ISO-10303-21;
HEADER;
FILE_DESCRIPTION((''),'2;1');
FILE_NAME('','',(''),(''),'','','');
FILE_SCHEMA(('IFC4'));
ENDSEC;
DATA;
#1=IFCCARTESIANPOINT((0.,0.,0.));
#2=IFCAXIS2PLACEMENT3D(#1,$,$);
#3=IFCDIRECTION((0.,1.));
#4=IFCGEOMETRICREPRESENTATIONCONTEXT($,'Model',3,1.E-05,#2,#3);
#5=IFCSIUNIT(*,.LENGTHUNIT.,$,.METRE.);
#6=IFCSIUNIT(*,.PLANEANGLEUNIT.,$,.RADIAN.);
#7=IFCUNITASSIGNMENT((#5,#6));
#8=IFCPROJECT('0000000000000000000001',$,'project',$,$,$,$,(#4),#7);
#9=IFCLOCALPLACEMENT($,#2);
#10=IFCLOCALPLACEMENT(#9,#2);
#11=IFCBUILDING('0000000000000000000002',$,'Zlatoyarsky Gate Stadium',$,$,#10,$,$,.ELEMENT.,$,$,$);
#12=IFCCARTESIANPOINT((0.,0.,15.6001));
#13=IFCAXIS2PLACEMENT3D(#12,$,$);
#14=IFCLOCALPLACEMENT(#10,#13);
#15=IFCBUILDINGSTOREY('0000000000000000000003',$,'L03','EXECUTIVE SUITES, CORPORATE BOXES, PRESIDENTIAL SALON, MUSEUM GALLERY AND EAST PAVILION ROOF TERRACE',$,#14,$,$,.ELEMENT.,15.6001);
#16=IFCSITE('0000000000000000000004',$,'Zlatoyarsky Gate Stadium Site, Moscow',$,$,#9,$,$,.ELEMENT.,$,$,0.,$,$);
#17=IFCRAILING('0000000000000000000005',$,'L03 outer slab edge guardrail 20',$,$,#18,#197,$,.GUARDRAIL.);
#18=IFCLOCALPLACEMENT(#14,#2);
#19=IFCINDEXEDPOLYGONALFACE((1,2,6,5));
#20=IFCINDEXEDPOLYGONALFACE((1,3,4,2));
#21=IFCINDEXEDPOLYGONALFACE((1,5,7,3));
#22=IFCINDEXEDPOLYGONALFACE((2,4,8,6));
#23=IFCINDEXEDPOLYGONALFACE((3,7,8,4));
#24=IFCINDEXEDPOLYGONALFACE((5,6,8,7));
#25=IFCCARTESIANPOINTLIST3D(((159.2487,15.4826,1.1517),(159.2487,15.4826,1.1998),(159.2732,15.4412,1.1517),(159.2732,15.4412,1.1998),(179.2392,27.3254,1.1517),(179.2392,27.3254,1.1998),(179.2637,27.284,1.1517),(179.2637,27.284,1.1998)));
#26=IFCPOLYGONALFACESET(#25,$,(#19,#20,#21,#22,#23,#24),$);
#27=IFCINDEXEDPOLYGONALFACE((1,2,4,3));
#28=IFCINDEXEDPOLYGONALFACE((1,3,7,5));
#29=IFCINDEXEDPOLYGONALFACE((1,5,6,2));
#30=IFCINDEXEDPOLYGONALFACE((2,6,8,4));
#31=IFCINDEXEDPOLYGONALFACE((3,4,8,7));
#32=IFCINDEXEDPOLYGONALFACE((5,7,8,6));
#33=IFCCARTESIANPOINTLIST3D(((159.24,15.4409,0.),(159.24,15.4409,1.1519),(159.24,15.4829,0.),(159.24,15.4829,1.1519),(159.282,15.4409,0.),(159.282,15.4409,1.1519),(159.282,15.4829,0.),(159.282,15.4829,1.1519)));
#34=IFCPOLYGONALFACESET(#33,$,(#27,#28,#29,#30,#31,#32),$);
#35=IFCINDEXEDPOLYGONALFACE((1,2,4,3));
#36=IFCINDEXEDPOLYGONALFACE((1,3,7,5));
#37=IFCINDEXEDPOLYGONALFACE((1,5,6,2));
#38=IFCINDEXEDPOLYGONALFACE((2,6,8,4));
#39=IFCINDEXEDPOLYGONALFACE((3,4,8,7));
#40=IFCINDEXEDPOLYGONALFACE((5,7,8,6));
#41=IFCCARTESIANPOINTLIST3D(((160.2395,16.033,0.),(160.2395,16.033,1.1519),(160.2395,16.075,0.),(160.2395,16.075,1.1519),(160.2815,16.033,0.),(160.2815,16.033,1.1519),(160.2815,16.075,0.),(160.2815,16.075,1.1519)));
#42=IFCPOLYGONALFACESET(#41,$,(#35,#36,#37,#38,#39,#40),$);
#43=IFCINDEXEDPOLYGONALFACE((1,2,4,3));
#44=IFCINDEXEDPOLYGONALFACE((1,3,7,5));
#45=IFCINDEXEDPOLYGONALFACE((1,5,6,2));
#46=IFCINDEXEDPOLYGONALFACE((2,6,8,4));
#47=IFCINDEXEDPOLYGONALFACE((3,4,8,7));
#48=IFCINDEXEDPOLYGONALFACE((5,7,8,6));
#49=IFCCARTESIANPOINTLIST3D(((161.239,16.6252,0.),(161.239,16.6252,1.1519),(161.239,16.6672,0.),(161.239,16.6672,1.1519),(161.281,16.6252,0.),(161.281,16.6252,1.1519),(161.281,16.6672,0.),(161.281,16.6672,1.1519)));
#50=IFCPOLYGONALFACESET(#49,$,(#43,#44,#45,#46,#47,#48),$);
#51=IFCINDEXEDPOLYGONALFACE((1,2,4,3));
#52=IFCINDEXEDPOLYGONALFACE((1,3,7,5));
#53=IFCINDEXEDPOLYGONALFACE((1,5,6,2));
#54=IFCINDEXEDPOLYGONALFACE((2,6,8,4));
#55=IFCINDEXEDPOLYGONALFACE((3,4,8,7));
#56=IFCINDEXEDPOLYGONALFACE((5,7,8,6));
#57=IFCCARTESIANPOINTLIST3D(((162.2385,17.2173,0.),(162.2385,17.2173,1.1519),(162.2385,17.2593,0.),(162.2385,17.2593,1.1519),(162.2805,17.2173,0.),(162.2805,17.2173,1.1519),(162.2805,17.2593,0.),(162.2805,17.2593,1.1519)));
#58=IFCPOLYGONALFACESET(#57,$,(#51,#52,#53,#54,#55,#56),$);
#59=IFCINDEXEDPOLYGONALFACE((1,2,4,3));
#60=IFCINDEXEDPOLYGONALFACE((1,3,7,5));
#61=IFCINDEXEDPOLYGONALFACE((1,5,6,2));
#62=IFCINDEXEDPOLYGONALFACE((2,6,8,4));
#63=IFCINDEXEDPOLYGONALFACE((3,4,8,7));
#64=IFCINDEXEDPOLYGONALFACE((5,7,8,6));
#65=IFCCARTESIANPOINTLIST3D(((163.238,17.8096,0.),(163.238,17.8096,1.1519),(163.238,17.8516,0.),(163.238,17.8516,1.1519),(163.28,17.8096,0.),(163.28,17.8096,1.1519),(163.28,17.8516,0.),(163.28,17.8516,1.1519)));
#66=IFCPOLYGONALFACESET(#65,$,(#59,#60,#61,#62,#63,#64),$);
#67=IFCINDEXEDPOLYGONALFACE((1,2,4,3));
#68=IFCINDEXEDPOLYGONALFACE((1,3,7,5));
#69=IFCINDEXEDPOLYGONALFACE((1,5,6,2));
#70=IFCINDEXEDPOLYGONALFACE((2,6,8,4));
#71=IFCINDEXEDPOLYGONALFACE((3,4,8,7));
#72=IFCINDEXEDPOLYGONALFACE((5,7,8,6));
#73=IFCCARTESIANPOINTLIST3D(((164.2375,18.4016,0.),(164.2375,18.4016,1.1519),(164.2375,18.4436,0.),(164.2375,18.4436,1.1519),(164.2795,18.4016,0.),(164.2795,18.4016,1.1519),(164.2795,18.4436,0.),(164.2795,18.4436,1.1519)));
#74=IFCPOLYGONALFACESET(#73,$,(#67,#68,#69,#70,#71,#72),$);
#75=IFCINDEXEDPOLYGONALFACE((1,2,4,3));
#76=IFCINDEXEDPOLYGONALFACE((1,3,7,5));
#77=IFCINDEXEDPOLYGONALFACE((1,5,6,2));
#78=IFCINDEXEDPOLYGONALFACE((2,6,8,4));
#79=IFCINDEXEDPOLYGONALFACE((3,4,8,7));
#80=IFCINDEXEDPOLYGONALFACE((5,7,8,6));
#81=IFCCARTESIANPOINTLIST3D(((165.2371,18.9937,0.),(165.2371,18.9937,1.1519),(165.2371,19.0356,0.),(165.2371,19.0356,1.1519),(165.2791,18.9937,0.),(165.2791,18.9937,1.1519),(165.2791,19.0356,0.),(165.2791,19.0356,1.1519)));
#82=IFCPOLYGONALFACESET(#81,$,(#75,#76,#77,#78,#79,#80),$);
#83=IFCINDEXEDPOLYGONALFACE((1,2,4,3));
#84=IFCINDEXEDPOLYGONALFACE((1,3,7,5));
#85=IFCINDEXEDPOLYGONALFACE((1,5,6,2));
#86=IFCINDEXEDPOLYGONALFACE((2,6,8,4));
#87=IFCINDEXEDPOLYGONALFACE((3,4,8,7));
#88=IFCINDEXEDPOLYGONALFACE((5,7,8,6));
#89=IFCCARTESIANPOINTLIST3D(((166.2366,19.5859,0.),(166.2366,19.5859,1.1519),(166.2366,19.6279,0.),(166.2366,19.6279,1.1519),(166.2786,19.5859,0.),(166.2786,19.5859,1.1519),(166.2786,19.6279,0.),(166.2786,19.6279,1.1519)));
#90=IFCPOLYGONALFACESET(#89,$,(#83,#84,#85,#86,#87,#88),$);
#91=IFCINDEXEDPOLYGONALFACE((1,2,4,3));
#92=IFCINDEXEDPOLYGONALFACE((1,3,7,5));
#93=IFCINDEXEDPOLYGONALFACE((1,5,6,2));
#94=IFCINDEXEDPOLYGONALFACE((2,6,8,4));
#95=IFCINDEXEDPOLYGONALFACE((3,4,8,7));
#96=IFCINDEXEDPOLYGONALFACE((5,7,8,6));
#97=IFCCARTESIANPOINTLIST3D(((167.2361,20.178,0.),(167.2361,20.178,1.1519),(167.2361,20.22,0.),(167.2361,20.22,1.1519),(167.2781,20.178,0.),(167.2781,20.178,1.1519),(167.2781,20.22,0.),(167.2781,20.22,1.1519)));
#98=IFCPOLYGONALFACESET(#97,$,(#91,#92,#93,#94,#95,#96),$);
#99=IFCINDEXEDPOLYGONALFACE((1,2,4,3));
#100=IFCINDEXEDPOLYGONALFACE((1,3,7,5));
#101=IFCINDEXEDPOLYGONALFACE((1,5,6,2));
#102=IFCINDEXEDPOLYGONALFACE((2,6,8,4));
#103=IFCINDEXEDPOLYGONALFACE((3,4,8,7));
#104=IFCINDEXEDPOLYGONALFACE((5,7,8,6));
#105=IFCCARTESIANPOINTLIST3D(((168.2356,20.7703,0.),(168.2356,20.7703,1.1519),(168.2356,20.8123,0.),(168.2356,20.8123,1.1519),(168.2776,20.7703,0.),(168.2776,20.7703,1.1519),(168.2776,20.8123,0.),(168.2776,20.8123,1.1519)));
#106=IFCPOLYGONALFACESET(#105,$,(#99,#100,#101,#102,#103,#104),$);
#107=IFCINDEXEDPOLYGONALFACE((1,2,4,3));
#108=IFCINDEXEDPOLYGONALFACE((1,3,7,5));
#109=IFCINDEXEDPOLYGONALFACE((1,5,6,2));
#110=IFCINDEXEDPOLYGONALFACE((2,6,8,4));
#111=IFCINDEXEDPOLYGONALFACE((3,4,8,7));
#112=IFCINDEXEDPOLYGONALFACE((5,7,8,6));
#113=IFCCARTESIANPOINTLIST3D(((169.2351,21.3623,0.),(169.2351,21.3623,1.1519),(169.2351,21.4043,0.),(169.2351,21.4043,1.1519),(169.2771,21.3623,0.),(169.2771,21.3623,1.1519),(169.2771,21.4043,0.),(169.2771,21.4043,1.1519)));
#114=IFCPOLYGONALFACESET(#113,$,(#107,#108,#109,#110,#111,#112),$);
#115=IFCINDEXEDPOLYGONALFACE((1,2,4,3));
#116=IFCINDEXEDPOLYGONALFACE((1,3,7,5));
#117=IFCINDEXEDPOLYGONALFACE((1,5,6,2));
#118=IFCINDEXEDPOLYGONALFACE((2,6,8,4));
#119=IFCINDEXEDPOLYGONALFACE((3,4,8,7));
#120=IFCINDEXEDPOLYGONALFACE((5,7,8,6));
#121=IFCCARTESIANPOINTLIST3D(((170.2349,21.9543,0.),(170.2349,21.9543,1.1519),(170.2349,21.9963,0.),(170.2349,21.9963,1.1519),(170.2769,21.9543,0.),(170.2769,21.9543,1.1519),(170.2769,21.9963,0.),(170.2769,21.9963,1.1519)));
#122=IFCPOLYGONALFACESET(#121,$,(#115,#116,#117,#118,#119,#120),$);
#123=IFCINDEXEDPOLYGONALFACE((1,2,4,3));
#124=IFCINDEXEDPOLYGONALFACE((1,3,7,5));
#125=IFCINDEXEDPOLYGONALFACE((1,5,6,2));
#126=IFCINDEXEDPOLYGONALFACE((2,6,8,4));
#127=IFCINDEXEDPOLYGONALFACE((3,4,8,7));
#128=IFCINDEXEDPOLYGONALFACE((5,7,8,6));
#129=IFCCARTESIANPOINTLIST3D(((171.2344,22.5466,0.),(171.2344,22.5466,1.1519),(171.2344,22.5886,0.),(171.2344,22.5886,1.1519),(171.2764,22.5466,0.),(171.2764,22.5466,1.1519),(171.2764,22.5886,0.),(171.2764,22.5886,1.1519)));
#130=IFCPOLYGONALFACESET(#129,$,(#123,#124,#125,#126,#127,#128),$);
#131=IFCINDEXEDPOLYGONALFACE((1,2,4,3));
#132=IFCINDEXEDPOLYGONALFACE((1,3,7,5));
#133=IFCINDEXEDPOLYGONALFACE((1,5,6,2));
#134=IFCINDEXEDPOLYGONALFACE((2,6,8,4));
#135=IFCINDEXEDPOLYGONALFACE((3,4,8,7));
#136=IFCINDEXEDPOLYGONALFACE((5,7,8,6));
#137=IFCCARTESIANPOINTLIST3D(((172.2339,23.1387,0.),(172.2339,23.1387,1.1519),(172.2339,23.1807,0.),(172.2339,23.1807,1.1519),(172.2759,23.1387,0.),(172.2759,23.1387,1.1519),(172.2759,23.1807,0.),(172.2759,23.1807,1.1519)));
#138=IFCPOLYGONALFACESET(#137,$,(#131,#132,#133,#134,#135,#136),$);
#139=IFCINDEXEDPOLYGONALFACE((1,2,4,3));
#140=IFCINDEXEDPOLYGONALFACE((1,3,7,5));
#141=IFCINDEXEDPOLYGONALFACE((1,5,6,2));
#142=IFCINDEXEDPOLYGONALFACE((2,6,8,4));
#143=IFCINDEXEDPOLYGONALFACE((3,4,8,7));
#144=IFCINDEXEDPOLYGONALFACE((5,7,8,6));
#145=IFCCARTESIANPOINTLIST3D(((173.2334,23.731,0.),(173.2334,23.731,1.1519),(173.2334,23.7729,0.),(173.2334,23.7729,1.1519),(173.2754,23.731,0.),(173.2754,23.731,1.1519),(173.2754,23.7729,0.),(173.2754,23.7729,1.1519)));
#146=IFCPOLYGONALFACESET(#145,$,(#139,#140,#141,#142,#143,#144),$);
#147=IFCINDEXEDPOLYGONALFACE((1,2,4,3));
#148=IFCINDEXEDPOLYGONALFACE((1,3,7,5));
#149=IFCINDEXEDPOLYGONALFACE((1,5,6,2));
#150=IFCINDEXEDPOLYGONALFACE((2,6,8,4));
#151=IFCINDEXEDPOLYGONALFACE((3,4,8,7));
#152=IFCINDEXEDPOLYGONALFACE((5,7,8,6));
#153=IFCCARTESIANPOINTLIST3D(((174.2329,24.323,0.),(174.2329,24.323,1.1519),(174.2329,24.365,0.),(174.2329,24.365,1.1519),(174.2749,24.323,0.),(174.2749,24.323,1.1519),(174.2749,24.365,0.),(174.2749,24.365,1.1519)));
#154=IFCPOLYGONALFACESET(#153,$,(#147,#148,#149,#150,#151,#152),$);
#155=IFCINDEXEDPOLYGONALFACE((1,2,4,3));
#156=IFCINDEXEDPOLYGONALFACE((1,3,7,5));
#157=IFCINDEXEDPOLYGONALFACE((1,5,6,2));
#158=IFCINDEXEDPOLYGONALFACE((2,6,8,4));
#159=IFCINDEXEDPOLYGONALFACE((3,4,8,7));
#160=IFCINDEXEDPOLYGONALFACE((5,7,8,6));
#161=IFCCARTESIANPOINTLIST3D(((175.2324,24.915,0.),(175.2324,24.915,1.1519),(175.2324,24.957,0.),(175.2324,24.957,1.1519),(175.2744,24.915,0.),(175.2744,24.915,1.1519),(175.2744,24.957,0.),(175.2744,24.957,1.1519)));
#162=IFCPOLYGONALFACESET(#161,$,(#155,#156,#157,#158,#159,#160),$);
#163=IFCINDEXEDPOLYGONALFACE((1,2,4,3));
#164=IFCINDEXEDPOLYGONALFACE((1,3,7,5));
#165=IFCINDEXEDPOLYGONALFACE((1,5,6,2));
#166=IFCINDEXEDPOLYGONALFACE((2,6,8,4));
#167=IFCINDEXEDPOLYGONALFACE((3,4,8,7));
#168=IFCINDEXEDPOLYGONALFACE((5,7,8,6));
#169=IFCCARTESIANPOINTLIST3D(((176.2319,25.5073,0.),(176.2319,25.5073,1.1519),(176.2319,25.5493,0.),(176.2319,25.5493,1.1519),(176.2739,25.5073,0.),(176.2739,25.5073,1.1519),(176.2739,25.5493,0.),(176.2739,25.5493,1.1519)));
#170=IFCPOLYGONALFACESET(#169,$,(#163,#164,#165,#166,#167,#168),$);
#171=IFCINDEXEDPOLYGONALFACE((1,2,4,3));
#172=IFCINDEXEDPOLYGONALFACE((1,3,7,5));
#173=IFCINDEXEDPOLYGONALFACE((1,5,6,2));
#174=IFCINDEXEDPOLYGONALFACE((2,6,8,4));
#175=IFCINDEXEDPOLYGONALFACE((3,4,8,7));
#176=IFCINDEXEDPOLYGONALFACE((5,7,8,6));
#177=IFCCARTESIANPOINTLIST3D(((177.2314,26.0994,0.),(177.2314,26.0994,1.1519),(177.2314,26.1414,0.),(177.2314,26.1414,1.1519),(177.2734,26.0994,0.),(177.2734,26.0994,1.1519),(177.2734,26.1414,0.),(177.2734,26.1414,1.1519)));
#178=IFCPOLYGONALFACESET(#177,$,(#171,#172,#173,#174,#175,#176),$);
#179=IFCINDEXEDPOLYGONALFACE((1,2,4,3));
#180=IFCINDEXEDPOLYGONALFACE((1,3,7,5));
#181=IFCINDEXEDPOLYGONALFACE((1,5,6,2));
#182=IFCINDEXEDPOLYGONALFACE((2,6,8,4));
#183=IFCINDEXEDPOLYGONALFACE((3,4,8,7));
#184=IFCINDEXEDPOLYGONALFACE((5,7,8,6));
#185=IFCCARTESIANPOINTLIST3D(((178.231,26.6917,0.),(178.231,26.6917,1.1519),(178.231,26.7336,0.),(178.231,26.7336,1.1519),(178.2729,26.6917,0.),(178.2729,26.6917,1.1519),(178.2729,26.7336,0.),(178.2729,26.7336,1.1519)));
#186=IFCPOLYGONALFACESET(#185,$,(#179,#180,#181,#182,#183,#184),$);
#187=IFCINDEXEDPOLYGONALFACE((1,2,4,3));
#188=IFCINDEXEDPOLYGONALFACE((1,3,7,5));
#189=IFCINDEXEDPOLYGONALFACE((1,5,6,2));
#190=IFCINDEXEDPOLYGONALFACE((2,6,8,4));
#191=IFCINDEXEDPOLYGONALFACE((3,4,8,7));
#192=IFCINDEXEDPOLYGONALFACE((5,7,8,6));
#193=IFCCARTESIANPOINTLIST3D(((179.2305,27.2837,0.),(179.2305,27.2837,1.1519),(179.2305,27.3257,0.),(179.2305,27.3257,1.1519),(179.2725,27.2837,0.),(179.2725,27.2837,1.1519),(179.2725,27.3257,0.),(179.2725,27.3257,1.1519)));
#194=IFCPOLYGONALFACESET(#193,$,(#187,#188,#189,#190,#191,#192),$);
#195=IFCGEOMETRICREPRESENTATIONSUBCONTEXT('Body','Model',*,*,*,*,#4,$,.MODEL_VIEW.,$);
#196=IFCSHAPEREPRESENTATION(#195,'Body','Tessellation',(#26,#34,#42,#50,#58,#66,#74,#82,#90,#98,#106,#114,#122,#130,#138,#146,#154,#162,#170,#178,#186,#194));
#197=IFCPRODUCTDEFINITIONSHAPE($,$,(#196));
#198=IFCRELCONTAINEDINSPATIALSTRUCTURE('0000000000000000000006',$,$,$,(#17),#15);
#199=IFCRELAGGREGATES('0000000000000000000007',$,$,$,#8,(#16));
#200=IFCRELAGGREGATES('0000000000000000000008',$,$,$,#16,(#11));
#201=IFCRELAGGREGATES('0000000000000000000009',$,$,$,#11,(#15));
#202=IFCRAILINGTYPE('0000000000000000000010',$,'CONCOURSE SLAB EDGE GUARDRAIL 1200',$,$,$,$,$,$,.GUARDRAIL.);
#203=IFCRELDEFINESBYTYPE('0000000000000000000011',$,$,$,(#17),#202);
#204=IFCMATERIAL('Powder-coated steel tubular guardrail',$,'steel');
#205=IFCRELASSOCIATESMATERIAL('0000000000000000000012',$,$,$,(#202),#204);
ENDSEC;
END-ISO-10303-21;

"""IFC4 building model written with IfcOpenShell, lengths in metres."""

from ifc_helpers import new_model, si_unit, direction, frame, origin, origin_2d, place, context, subcontext, project, spatial, rectangle, extrude, material, type_object, element, save


model = new_model("IFC4")

# Units and contexts
model_context = context("Model", 3, precision=1e-05, world=origin(), true_north=direction((0.0, 1.0)))
body_context = subcontext(model_context, "Body", "Model", "MODEL_VIEW")
ifc_project = project(units=[si_unit("LENGTHUNIT", "METRE"), si_unit("PLANEANGLEUNIT", "RADIAN")], contexts=[model_context])

# Site, building, storey
site_placement = place(None, origin())
site = spatial("IfcSite", under=ifc_project, at=site_placement, Name="Zlatoyarsky Gate Stadium Site, Moscow", CompositionType="ELEMENT", RefElevation=0.0)
building_placement = place(site_placement, origin())
building = spatial("IfcBuilding", under=site, at=building_placement, Name="Zlatoyarsky Gate Stadium", CompositionType="ELEMENT")
storey_placement = place(building_placement, frame((0.0, 0.0, 15.6001)))
storey = spatial("IfcBuildingStorey", under=building, at=storey_placement, Name="L03", Description="EXECUTIVE SUITES, CORPORATE BOXES, PRESIDENTIAL SALON, MUSEUM GALLERY AND EAST PAVILION ROOF TERRACE", CompositionType="ELEMENT", Elevation=15.6001)

# Railing
ifc_material_1 = material(Name="Powder-coated steel tubular guardrail", Category="steel")
railing_type = type_object("IfcRailingType", Name="CONCOURSE SLAB EDGE GUARDRAIL 1200", PredefinedType="GUARDRAIL", material=ifc_material_1)
railing_placement = place(storey_placement, frame((159.261, 15.4619, 0.0)))
element("IfcRailing", 1, at=railing_placement, inside=storey, type_object=railing_type, Name="L03 outer slab edge guardrail 20", PredefinedType="GUARDRAIL", context=body_context, shape_type="SweptSolid", body=[
    extrude(rectangle(XDim=0.0481, YDim=0.0481, at=origin_2d()), frame((0.0, 0.0, 1.1758), z_axis=(0.860356, 0.509693, 0.0), x_axis=(-0.509693, 0.860356, 0.0)), (0.0, 0.0, 1.0), 23.2351),
    extrude(rectangle(XDim=0.042, YDim=0.042, at=origin_2d()), origin(), (0.0, 0.0, 1.0), 1.1519),
    extrude(rectangle(XDim=0.042, YDim=0.042, at=origin_2d()), frame((0.9995, 0.592, 0.0)), (0.0, 0.0, 1.0), 1.1519),
    extrude(rectangle(XDim=0.042, YDim=0.042, at=origin_2d()), frame((1.999, 1.1843, 0.0)), (0.0, 0.0, 1.0), 1.1519),
    extrude(rectangle(XDim=0.042, YDim=0.042, at=origin_2d()), frame((2.9985, 1.7764, 0.0)), (0.0, 0.0, 1.0), 1.1519),
    extrude(rectangle(XDim=0.042, YDim=0.042, at=origin_2d()), frame((3.998, 2.3687, 0.0)), (0.0, 0.0, 1.0), 1.1519),
    extrude(rectangle(XDim=0.042, YDim=0.042, at=origin_2d()), frame((4.9976, 2.9607, 0.0)), (0.0, 0.0, 1.0), 1.1519),
    extrude(rectangle(XDim=0.042, YDim=0.042, at=origin_2d()), frame((5.9971, 3.5527, 0.0)), (0.0, 0.0, 1.0), 1.1519),
    extrude(rectangle(XDim=0.042, YDim=0.042, at=origin_2d()), frame((6.9966, 4.145, 0.0)), (0.0, 0.0, 1.0), 1.1519),
    extrude(rectangle(XDim=0.042, YDim=0.042, at=origin_2d()), frame((7.9961, 4.7371, 0.0)), (0.0, 0.0, 1.0), 1.1519),
    extrude(rectangle(XDim=0.042, YDim=0.042, at=origin_2d()), frame((8.9956, 5.3293, 0.0)), (0.0, 0.0, 1.0), 1.1519),
    extrude(rectangle(XDim=0.042, YDim=0.042, at=origin_2d()), frame((9.9951, 5.9214, 0.0)), (0.0, 0.0, 1.0), 1.1519),
    extrude(rectangle(XDim=0.042, YDim=0.042, at=origin_2d()), frame((10.9949, 6.5134, 0.0)), (0.0, 0.0, 1.0), 1.1519),
    extrude(rectangle(XDim=0.042, YDim=0.042, at=origin_2d()), frame((11.9944, 7.1057, 0.0)), (0.0, 0.0, 1.0), 1.1519),
    extrude(rectangle(XDim=0.042, YDim=0.042, at=origin_2d()), frame((12.9939, 7.6978, 0.0)), (0.0, 0.0, 1.0), 1.1519),
    extrude(rectangle(XDim=0.042, YDim=0.042, at=origin_2d()), frame((13.9934, 8.29, 0.0)), (0.0, 0.0, 1.0), 1.1519),
    extrude(rectangle(XDim=0.042, YDim=0.042, at=origin_2d()), frame((14.9929, 8.8821, 0.0)), (0.0, 0.0, 1.0), 1.1519),
    extrude(rectangle(XDim=0.042, YDim=0.042, at=origin_2d()), frame((15.9924, 9.4741, 0.0)), (0.0, 0.0, 1.0), 1.1519),
    extrude(rectangle(XDim=0.042, YDim=0.042, at=origin_2d()), frame((16.9919, 10.0664, 0.0)), (0.0, 0.0, 1.0), 1.1519),
    extrude(rectangle(XDim=0.042, YDim=0.042, at=origin_2d()), frame((17.9915, 10.6584, 0.0)), (0.0, 0.0, 1.0), 1.1519),
    extrude(rectangle(XDim=0.042, YDim=0.042, at=origin_2d()), frame((18.991, 11.2507, 0.0)), (0.0, 0.0, 1.0), 1.1519),
    extrude(rectangle(XDim=0.042, YDim=0.042, at=origin_2d()), frame((19.9905, 11.8428, 0.0)), (0.0, 0.0, 1.0), 1.1519),
])

save(model, "model.ifc")
